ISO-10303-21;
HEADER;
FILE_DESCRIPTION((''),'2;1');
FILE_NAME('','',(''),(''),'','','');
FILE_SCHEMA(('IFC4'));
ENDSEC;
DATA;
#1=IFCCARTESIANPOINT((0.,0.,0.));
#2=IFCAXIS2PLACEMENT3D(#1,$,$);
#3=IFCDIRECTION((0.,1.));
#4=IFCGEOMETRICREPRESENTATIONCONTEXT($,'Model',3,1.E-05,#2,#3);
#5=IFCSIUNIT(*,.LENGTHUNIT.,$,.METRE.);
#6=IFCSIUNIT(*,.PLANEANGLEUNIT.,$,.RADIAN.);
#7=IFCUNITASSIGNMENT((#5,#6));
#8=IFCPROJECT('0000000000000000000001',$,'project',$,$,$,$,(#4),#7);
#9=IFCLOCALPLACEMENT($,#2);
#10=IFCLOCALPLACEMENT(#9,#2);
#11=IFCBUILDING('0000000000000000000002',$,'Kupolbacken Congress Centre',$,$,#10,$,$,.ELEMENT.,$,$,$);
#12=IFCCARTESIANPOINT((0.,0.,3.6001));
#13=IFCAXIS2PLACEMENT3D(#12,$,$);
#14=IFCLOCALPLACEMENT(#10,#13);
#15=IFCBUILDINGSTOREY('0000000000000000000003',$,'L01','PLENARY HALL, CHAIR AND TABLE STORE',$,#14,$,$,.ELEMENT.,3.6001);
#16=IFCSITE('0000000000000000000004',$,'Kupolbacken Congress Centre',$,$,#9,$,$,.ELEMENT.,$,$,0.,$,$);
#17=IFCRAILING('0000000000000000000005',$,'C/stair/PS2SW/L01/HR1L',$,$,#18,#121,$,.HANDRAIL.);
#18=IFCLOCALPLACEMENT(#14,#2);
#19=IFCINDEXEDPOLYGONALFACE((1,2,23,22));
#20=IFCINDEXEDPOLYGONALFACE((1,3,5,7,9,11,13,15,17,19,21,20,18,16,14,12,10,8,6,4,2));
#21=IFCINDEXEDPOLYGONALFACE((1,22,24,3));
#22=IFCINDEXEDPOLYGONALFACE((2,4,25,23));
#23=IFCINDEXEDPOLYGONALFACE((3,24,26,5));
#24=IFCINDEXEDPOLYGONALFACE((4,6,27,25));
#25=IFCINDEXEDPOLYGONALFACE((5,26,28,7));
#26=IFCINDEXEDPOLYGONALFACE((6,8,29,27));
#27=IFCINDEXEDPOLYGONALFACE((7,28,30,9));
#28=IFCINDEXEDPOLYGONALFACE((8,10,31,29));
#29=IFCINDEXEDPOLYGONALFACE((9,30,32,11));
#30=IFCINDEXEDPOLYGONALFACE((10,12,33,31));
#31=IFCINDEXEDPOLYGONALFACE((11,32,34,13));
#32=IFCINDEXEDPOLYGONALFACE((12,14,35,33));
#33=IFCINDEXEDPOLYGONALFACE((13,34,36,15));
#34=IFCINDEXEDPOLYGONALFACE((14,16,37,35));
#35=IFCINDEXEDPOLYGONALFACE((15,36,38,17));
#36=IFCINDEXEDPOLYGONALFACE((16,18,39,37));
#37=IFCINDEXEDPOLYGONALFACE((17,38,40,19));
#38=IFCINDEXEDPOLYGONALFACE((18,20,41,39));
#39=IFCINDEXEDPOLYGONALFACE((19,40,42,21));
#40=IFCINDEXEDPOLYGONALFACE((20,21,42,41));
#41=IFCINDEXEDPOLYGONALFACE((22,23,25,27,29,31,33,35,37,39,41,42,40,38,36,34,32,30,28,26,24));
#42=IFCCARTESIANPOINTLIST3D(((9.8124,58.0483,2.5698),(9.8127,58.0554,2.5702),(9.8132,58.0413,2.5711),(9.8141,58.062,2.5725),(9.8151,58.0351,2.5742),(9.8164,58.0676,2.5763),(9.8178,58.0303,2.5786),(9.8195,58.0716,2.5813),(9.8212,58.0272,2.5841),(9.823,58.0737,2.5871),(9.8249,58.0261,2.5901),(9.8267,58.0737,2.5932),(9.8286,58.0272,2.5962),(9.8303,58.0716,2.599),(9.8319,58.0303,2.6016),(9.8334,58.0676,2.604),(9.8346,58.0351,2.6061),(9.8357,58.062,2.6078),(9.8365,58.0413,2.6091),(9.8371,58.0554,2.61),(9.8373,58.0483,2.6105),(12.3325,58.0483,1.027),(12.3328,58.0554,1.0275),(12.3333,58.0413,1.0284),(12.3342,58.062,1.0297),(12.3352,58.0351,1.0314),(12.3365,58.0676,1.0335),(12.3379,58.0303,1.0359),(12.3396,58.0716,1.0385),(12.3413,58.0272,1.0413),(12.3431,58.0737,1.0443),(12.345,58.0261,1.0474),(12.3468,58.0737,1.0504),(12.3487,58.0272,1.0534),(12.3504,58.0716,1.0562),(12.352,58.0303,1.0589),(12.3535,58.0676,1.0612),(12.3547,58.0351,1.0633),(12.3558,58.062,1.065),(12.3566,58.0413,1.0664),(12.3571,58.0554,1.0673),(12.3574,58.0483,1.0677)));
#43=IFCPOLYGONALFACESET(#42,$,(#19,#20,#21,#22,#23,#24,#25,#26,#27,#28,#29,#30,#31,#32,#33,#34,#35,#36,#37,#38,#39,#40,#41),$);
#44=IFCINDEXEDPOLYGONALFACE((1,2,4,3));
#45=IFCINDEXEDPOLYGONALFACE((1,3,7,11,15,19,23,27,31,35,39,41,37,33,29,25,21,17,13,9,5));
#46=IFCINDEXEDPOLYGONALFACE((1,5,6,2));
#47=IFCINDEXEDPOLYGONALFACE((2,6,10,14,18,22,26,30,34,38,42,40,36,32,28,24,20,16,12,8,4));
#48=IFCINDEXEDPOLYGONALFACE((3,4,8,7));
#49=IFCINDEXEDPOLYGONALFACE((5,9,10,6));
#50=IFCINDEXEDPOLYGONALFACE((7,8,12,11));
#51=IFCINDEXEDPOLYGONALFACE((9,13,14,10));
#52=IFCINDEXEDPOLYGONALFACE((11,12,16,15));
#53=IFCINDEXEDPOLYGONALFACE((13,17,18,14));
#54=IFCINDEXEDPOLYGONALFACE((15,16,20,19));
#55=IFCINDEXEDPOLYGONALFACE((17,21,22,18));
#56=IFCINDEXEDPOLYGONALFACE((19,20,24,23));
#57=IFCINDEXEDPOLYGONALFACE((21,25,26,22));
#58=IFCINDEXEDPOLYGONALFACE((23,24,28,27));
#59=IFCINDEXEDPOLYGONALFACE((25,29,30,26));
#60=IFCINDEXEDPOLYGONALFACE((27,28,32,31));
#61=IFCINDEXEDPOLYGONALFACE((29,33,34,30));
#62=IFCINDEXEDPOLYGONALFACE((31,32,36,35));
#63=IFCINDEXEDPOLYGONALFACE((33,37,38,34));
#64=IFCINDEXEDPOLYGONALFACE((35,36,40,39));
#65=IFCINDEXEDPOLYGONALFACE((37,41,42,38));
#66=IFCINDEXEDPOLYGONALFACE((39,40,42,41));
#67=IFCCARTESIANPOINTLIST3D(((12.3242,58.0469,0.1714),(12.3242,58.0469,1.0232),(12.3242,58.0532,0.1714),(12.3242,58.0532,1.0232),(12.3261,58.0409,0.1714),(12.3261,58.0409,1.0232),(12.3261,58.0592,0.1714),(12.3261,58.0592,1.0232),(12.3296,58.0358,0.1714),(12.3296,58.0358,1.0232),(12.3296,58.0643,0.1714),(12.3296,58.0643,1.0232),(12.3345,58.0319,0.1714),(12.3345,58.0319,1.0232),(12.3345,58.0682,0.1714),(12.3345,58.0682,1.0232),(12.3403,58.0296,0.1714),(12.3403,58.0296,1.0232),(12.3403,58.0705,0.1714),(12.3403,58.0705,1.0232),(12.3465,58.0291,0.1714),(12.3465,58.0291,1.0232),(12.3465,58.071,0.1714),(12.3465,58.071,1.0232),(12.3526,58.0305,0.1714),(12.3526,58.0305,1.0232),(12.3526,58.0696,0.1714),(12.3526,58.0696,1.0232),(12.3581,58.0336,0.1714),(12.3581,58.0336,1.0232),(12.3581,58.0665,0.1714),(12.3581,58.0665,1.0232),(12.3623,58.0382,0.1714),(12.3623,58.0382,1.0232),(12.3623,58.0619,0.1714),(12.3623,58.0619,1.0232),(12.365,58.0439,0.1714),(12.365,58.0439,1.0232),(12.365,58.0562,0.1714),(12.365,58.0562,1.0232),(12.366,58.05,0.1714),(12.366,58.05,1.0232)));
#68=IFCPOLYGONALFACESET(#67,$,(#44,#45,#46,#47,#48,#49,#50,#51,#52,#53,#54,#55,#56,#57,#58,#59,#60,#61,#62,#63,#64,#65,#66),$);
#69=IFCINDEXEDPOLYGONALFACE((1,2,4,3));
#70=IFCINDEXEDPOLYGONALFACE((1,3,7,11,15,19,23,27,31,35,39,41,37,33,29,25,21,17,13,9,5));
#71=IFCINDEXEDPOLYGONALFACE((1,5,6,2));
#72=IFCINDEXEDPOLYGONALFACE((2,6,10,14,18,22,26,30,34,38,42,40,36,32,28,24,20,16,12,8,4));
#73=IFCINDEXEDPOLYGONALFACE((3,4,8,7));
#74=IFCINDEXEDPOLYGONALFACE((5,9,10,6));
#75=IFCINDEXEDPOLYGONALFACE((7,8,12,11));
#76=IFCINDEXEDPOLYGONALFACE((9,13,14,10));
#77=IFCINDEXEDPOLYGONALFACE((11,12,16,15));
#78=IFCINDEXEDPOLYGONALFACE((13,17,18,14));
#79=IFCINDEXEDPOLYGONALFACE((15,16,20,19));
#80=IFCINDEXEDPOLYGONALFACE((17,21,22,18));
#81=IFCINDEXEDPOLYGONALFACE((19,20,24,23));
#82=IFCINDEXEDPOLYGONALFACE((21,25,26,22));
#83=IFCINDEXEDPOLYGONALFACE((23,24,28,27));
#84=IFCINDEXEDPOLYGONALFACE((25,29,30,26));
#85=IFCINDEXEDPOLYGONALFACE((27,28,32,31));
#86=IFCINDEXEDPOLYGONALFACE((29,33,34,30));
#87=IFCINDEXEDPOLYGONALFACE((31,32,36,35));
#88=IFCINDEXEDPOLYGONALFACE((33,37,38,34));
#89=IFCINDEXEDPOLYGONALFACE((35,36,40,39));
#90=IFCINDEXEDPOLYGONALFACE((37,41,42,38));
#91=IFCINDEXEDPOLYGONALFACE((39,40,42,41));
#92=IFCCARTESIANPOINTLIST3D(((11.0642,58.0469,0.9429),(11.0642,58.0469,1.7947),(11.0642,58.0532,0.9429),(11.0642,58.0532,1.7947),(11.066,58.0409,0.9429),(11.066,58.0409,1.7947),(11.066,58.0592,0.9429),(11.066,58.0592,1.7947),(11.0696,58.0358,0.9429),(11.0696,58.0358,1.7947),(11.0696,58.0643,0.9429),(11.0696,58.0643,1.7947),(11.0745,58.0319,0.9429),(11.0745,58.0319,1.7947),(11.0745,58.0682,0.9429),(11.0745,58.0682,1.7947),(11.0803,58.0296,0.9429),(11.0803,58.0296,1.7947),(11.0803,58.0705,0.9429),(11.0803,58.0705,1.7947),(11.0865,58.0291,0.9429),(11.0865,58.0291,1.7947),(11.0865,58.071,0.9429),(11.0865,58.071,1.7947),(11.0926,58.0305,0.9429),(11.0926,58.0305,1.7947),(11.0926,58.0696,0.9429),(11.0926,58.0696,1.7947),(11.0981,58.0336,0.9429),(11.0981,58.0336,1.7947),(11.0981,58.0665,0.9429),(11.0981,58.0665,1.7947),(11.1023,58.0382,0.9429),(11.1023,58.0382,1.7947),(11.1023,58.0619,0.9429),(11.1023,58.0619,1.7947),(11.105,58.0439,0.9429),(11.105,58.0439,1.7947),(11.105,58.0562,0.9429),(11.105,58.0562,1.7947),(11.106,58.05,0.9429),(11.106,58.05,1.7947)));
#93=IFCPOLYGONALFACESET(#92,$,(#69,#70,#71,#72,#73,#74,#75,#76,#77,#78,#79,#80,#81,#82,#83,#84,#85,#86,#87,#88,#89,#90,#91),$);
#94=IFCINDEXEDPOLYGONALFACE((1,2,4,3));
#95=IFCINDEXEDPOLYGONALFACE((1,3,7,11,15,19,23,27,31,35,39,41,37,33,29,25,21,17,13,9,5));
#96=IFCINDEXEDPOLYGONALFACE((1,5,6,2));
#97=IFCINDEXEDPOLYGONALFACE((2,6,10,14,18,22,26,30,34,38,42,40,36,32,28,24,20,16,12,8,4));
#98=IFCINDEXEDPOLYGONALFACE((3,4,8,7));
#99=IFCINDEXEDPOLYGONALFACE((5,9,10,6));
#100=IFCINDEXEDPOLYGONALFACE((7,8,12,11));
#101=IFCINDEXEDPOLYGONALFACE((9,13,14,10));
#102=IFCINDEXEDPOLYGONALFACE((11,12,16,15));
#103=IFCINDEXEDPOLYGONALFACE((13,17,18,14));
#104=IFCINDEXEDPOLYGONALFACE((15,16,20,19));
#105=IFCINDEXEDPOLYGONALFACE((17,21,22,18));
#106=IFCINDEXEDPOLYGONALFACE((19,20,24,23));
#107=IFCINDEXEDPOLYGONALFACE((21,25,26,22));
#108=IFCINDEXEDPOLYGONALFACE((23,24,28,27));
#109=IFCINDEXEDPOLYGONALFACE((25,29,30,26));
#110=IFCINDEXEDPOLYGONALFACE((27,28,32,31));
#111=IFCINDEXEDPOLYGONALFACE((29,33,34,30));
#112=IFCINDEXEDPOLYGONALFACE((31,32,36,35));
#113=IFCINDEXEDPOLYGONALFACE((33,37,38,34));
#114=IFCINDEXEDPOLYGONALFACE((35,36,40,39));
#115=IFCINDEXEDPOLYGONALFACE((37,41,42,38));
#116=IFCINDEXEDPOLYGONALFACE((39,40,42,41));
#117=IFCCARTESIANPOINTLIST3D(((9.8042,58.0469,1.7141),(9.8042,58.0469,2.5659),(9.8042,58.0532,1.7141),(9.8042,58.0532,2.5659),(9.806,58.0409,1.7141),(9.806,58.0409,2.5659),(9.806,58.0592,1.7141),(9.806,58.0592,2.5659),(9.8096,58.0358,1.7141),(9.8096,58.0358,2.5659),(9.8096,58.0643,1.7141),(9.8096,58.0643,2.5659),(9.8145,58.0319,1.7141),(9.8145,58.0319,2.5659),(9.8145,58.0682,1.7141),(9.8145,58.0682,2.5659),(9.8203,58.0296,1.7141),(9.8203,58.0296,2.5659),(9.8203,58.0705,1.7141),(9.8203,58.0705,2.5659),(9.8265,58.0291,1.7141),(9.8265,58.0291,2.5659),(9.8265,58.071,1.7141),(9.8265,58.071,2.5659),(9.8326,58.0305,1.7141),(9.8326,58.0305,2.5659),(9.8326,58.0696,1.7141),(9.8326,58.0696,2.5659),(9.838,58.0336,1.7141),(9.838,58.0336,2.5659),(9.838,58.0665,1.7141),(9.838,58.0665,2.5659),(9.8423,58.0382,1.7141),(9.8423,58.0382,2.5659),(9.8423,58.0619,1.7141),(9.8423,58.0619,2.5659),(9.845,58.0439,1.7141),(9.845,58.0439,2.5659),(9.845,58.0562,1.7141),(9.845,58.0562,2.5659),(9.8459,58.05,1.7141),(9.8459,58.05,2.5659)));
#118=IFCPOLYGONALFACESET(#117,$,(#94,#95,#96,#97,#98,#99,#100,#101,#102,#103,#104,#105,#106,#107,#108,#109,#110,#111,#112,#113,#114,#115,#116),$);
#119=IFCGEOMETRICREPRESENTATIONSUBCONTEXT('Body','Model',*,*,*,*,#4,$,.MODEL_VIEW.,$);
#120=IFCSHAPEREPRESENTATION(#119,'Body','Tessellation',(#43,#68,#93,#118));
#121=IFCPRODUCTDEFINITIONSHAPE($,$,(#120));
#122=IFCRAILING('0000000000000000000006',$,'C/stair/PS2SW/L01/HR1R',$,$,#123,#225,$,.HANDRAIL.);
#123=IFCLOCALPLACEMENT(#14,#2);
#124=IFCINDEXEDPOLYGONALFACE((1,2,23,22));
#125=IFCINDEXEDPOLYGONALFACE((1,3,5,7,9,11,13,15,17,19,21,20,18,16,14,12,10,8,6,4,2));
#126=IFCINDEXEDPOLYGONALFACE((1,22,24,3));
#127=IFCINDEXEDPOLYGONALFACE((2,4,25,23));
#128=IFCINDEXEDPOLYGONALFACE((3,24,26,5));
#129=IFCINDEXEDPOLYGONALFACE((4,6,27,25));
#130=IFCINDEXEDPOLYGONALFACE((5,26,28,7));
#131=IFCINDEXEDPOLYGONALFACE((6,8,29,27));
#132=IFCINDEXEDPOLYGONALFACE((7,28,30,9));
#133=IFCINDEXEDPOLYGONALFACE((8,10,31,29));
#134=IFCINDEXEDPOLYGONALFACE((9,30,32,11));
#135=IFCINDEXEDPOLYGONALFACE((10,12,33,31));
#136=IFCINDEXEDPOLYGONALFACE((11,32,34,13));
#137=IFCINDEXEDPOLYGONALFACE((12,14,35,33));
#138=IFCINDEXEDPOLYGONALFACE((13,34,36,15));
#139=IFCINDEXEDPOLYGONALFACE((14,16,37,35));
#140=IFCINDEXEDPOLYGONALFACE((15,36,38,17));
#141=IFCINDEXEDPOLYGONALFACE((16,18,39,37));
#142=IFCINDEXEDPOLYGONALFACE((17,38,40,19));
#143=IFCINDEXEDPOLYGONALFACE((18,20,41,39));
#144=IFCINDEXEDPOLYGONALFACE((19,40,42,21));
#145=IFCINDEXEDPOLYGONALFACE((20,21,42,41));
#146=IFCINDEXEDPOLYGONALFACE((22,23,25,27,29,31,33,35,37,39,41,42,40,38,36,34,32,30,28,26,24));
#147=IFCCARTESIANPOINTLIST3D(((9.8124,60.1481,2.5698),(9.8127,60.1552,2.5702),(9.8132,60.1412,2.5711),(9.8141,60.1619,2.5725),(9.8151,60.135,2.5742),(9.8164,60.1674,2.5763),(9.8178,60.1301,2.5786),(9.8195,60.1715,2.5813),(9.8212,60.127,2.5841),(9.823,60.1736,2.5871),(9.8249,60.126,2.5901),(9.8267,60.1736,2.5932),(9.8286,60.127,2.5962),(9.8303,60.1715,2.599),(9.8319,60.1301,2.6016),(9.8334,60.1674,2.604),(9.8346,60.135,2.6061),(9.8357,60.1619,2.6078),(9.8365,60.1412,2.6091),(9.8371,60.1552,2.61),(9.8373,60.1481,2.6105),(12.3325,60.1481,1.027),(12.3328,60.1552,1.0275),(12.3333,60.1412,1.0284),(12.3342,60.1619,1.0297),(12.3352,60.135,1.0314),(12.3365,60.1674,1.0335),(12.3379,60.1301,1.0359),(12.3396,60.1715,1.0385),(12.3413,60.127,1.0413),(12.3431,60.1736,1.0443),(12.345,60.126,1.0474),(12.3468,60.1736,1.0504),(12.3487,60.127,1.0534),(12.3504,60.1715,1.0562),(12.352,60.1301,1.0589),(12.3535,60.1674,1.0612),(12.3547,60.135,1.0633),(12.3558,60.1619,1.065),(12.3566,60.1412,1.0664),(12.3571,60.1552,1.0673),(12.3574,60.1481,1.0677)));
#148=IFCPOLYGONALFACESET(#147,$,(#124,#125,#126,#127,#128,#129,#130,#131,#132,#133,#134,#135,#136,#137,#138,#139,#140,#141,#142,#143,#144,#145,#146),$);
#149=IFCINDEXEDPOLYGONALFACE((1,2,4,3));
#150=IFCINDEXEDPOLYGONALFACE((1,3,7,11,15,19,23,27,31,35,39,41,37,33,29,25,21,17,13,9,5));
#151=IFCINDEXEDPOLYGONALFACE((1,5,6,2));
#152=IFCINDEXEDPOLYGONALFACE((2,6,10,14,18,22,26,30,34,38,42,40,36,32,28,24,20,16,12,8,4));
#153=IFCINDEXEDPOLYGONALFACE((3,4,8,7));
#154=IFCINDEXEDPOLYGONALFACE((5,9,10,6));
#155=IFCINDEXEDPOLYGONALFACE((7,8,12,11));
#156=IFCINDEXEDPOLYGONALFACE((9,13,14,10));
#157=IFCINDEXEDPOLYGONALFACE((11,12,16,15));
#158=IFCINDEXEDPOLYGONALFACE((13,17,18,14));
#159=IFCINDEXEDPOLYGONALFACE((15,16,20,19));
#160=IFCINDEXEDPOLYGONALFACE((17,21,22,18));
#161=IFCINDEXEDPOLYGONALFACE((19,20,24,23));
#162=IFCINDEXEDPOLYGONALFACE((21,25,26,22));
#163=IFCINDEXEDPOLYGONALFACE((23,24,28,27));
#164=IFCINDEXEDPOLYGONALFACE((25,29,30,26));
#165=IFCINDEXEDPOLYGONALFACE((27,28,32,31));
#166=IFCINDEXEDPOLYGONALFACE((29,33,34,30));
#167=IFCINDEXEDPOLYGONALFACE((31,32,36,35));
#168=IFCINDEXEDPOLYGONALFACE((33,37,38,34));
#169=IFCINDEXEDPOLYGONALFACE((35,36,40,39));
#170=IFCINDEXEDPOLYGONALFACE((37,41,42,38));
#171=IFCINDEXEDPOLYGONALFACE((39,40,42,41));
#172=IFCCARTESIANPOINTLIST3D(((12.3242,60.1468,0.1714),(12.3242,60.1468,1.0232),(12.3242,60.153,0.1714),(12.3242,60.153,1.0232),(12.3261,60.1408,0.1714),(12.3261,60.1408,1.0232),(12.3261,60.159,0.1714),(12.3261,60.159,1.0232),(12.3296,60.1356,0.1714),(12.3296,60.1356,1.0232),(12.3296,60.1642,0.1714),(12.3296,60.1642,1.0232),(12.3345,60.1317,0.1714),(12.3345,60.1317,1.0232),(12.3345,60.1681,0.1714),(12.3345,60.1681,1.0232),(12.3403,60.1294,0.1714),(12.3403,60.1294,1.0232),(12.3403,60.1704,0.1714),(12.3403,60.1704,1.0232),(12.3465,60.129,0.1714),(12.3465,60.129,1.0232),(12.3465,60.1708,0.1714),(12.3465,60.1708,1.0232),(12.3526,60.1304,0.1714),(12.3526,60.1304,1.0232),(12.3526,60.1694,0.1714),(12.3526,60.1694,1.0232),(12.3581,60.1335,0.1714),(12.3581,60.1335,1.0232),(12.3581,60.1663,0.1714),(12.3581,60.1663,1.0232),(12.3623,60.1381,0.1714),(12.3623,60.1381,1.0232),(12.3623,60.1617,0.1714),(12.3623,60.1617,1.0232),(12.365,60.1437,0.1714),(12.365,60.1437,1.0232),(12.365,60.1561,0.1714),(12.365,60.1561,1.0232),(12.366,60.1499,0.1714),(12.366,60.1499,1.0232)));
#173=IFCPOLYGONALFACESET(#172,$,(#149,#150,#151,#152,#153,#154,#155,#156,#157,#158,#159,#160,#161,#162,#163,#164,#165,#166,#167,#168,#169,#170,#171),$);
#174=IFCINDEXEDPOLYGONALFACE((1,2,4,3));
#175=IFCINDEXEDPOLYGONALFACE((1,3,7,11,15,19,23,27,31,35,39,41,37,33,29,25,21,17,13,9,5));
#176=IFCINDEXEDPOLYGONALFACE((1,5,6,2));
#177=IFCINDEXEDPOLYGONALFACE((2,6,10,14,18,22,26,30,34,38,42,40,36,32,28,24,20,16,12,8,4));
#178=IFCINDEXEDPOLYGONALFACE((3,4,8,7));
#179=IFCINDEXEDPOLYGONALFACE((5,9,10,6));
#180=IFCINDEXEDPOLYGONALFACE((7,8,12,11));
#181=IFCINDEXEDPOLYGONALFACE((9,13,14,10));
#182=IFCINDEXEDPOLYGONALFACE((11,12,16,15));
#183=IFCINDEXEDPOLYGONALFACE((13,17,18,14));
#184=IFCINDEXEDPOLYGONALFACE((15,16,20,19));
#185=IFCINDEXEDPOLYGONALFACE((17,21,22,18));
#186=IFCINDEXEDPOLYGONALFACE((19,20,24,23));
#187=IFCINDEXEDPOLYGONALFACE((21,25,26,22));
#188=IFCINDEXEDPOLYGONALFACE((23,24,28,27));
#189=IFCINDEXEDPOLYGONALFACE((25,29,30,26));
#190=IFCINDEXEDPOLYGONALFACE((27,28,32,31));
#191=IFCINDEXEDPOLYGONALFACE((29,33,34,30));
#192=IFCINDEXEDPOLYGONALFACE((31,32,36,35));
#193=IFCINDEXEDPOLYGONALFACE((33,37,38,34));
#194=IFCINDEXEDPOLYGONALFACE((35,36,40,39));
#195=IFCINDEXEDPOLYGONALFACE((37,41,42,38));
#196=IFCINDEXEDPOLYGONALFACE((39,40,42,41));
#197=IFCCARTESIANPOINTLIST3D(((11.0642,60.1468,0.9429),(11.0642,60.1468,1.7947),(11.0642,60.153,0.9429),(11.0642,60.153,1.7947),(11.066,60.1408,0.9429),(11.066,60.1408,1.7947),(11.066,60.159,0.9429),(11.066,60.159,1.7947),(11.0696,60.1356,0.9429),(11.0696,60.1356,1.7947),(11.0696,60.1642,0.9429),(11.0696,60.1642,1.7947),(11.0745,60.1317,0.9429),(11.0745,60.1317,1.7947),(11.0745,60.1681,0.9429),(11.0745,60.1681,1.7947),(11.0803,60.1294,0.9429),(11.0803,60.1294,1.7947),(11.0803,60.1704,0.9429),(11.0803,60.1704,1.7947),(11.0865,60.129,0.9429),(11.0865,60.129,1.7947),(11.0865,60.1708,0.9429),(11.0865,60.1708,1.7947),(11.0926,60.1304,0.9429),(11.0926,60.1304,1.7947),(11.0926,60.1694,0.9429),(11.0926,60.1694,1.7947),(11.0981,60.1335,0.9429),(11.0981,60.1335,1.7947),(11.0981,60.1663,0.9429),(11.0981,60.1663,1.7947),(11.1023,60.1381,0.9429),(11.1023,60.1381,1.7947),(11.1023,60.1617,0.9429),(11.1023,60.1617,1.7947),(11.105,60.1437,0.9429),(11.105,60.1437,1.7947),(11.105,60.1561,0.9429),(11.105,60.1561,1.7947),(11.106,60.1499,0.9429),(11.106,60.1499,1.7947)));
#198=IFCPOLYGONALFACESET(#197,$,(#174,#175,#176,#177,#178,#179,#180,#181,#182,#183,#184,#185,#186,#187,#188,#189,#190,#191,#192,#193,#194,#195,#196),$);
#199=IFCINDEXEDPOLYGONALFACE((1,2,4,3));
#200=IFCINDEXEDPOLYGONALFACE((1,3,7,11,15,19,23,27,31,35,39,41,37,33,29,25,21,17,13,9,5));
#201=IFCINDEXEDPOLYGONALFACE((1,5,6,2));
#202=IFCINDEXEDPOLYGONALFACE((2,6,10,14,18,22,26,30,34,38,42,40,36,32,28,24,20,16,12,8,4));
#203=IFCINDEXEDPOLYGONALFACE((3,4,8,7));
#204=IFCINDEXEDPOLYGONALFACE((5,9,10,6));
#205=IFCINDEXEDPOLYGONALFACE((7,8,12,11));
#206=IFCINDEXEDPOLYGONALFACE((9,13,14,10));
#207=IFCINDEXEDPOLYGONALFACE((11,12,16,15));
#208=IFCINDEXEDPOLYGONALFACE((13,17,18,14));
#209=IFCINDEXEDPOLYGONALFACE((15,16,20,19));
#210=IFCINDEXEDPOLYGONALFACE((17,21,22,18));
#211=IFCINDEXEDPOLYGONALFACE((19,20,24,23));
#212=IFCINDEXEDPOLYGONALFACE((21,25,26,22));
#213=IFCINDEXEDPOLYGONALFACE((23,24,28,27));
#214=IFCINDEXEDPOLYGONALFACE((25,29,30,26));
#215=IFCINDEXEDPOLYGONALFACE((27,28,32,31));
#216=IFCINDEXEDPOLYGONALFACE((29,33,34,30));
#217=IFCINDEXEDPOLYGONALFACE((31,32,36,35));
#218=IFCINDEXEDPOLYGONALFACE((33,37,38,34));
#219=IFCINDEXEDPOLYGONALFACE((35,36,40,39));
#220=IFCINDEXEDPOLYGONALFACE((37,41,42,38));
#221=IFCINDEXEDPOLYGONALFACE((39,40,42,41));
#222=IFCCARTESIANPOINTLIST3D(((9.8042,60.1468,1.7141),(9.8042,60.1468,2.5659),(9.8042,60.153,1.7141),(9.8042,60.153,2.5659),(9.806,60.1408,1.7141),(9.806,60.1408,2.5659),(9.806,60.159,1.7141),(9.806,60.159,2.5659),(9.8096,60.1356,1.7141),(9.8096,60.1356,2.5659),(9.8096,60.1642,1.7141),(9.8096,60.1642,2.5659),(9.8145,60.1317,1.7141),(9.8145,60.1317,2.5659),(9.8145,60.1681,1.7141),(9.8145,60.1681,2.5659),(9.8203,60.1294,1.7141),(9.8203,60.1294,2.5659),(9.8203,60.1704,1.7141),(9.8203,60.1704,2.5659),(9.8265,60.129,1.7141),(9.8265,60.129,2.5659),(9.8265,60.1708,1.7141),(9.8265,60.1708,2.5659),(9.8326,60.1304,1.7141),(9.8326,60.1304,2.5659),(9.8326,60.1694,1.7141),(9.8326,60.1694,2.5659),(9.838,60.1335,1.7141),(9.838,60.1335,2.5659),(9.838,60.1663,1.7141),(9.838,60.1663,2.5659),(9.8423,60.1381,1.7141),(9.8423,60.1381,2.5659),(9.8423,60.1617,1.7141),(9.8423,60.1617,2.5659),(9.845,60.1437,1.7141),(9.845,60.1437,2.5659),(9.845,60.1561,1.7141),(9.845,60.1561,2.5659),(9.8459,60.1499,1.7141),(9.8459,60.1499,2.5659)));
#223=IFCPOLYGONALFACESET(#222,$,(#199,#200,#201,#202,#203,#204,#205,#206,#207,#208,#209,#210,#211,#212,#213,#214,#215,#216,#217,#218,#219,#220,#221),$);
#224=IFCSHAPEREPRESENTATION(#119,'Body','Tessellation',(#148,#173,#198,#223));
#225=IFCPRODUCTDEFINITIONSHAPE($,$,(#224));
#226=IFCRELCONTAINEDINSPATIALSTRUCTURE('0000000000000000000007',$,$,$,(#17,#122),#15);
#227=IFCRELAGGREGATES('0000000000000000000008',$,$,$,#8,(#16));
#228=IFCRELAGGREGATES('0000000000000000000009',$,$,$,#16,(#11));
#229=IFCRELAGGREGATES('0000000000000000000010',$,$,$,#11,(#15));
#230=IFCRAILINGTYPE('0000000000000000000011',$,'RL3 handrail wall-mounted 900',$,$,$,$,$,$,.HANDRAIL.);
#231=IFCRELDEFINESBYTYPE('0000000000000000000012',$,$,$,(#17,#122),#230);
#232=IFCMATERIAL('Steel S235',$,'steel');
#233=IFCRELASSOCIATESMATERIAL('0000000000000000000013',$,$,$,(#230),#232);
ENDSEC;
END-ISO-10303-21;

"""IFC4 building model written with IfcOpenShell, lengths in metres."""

from ifc_helpers import new_model, si_unit, direction, frame, origin, origin_2d, place, context, subcontext, project, spatial, circle, extrude, material, type_object, element, save


model = new_model("IFC4")

# Units and contexts
model_context = context("Model", 3, precision=1e-05, world=origin(), true_north=direction((0.0, 1.0)))
body_context = subcontext(model_context, "Body", "Model", "MODEL_VIEW")
ifc_project = project(units=[si_unit("LENGTHUNIT", "METRE"), si_unit("PLANEANGLEUNIT", "RADIAN")], contexts=[model_context])

# Site, building, storey
site_placement = place(None, origin())
site = spatial("IfcSite", under=ifc_project, at=site_placement, Name="Kupolbacken Congress Centre", CompositionType="ELEMENT", RefElevation=0.0)
building_placement = place(site_placement, origin())
building = spatial("IfcBuilding", under=site, at=building_placement, Name="Kupolbacken Congress Centre", CompositionType="ELEMENT")
storey_placement = place(building_placement, frame((0.0, 0.0, 3.6001)))
storey = spatial("IfcBuildingStorey", under=building, at=storey_placement, Name="L01", Description="PLENARY HALL, CHAIR AND TABLE STORE", CompositionType="ELEMENT", Elevation=3.6001)

# Railings
ifc_material_1 = material(Name="Steel S235", Category="steel")
railing_type = type_object("IfcRailingType", Name="RL3 handrail wall-mounted 900", PredefinedType="HANDRAIL", material=ifc_material_1)
for number, where, name in (
    (1, (12.345, 58.05, 0.1714), "C/stair/PS2SW/L01/HR1L"),
    (2, (12.345, 60.1499, 0.1714), "C/stair/PS2SW/L01/HR1R"),
):
    element("IfcRailing", number, at=place(storey_placement, frame(where)), inside=storey, type_object=railing_type, Name=name, PredefinedType="HANDRAIL", context=body_context, shape_type="SweptSolid", body=[
        extrude(circle(Radius=0.0239, at=origin_2d()), frame((0.0, 0.0, 0.876), z_axis=(-0.852873, 0.0, 0.522118), x_axis=(0.0, -1.0, 0.0)), (0.0, 0.0, 1.0), 2.9548),
        extrude(circle(Radius=0.021, at=origin_2d()), origin(), (0.0, 0.0, 1.0), 0.8518),
        extrude(circle(Radius=0.021, at=origin_2d()), frame((-1.26, 0.0, 0.7715)), (0.0, 0.0, 1.0), 0.8518),
        extrude(circle(Radius=0.021, at=origin_2d()), frame((-2.52, 0.0, 1.5427)), (0.0, 0.0, 1.0), 0.8518),
    ])

save(model, "model.ifc")
